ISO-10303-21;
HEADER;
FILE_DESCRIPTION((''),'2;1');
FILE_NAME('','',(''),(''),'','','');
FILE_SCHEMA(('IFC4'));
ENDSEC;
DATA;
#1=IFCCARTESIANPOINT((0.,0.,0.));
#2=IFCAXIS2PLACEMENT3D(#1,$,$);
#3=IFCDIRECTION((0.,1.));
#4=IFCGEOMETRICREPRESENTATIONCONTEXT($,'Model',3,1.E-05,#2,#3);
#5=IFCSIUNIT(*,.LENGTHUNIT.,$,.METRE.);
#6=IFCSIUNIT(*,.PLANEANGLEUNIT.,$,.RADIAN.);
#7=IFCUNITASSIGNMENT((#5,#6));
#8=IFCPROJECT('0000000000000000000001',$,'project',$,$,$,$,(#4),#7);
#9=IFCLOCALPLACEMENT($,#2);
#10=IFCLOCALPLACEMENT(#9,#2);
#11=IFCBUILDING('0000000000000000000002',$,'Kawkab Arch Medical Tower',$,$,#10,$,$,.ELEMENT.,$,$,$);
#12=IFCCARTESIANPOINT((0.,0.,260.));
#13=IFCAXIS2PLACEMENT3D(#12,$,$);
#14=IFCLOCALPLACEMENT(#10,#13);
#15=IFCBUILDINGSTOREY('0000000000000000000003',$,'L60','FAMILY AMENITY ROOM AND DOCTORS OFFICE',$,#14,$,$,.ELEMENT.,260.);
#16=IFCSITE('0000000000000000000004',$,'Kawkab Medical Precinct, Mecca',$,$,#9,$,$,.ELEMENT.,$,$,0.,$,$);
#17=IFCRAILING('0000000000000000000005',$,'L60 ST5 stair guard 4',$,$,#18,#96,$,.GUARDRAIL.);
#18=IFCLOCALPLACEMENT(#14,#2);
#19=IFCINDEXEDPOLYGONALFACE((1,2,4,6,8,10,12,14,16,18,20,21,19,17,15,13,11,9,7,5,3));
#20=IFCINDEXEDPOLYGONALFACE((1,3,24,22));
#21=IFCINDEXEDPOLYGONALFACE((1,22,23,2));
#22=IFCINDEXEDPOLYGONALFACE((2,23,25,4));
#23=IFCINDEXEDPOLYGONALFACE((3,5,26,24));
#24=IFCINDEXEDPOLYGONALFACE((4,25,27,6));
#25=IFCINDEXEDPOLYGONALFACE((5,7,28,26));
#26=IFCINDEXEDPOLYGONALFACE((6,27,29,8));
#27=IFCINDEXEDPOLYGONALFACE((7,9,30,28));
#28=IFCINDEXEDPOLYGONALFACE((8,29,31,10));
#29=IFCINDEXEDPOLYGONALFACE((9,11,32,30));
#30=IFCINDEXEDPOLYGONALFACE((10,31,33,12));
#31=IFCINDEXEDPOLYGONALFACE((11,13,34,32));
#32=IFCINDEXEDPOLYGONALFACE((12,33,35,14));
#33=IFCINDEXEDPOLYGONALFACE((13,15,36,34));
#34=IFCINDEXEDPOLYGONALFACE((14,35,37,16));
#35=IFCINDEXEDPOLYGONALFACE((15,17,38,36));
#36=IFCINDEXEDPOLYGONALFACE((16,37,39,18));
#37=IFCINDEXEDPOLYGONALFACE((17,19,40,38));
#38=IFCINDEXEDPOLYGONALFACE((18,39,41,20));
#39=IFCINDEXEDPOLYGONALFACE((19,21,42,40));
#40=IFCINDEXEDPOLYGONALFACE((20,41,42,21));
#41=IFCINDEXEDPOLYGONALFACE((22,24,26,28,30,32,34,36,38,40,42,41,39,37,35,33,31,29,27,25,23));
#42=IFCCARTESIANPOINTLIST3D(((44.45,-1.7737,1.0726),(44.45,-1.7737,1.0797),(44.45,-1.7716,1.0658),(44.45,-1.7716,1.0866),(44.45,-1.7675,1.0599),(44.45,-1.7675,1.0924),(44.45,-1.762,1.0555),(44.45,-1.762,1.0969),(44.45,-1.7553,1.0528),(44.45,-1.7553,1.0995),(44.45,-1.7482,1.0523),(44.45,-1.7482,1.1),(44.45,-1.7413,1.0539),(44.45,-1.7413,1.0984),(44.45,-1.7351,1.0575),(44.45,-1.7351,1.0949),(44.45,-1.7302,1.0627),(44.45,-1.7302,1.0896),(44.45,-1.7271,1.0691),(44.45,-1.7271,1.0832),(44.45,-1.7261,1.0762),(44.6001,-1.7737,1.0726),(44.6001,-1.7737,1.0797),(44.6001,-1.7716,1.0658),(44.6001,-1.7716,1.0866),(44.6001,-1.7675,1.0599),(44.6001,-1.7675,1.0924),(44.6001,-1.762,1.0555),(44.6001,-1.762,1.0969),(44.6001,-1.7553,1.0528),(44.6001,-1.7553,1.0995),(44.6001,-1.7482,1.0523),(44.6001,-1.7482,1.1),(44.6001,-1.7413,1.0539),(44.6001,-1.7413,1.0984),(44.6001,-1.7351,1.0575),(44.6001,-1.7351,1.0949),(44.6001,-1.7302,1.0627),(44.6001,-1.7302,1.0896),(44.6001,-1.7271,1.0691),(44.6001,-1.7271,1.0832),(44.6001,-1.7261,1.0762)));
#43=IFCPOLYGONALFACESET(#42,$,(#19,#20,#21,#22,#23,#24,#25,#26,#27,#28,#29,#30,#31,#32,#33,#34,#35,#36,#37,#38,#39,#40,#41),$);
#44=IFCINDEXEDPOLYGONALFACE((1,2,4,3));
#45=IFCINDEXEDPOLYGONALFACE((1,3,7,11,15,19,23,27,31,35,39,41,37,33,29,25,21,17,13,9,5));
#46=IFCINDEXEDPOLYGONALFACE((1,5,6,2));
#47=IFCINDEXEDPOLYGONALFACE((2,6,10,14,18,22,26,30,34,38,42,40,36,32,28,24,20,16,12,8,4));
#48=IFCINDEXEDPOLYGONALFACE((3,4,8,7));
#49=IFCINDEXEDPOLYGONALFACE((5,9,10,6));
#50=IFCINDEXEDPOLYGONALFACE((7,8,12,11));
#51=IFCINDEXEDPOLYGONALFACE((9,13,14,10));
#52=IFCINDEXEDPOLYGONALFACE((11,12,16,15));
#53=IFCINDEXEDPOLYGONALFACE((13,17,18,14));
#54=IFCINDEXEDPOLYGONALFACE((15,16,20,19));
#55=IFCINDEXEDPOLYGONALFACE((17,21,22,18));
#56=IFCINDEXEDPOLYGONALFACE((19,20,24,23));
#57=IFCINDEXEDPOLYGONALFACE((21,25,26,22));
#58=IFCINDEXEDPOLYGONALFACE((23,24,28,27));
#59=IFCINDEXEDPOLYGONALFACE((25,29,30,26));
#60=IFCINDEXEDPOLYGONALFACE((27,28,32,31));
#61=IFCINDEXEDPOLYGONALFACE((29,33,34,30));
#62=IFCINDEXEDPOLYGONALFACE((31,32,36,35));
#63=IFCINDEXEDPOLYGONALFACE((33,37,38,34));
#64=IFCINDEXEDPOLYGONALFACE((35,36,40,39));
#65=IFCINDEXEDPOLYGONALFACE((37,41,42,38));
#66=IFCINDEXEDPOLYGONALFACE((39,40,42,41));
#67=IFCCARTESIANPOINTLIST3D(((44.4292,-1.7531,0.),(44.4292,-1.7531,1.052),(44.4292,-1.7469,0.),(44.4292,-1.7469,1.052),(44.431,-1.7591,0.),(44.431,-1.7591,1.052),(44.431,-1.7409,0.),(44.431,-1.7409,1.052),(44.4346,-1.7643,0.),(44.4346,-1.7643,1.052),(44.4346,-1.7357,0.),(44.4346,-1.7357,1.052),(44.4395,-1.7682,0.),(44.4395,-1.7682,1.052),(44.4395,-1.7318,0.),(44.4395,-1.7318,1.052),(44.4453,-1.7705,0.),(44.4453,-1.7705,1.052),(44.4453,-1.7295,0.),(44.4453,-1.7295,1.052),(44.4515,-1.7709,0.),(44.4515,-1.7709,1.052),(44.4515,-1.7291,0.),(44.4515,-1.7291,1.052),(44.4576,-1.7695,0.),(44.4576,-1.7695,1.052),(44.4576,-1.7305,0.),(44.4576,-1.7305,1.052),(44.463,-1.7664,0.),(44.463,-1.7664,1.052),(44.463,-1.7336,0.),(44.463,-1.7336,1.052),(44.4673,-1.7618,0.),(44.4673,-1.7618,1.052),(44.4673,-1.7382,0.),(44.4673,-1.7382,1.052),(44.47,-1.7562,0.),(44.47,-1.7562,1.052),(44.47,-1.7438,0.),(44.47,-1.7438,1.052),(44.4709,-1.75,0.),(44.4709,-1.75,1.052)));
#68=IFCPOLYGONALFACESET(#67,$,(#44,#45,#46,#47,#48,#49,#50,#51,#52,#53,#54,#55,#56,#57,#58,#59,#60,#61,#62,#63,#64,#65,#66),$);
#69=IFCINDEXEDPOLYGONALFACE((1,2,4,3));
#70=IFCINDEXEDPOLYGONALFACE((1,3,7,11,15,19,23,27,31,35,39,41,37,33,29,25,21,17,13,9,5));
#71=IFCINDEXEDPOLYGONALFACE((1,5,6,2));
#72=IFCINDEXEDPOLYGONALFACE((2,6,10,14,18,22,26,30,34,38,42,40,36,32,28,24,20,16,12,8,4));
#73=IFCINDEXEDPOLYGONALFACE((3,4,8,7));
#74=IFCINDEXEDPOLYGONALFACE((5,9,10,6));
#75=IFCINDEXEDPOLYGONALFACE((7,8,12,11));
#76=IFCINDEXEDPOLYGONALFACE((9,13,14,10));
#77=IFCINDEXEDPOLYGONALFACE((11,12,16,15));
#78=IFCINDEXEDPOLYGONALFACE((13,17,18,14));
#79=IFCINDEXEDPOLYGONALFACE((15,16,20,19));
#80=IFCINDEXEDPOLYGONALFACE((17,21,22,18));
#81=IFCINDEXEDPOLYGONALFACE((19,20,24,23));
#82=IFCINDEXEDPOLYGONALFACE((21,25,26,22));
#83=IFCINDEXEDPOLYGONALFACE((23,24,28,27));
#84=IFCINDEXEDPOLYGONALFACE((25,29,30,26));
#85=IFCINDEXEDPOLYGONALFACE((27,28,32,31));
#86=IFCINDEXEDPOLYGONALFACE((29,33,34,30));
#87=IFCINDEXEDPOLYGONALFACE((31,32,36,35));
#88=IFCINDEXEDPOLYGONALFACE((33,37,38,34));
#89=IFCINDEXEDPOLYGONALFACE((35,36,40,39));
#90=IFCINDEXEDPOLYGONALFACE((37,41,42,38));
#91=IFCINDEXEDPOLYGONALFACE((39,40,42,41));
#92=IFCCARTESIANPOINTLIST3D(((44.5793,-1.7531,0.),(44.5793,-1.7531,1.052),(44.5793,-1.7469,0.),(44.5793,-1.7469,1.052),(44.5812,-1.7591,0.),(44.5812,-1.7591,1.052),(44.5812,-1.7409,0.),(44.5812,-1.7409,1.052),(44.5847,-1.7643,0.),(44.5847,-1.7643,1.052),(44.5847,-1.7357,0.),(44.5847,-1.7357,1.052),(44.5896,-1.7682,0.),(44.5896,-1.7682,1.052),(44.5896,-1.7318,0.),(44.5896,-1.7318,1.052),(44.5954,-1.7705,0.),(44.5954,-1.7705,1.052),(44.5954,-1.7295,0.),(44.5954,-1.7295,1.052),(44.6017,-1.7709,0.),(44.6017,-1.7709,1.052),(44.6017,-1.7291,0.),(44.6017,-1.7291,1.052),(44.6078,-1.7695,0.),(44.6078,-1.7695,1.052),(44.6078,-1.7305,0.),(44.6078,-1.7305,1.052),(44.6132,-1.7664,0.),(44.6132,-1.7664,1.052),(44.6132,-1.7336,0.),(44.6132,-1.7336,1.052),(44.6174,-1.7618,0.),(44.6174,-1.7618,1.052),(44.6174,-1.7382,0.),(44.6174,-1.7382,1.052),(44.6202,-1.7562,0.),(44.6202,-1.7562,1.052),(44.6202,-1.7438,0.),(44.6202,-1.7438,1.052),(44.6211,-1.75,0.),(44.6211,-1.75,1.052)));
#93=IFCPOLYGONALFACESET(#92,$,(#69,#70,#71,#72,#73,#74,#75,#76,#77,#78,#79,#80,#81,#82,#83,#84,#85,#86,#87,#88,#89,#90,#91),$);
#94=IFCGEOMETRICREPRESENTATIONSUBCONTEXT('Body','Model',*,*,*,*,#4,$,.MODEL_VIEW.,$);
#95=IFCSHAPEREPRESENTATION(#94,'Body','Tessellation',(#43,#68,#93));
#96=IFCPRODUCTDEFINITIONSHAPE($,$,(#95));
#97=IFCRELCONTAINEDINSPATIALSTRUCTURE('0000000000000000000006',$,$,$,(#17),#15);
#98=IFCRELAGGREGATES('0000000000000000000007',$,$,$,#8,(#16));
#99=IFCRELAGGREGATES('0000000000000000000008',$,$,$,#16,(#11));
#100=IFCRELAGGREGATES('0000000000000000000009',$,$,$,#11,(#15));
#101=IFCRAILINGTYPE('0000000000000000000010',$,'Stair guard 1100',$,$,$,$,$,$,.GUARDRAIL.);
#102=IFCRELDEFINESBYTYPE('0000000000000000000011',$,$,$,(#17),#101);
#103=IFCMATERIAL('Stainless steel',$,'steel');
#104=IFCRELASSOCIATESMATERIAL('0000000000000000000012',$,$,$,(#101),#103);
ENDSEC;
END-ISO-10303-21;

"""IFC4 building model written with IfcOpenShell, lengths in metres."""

from ifc_helpers import new_model, si_unit, direction, frame, origin, origin_2d, place, context, subcontext, project, spatial, circle, extrude, material, type_object, element, save


model = new_model("IFC4")

# Units and contexts
model_context = context("Model", 3, precision=1e-05, world=origin(), true_north=direction((0.0, 1.0)))
body_context = subcontext(model_context, "Body", "Model", "MODEL_VIEW")
ifc_project = project(units=[si_unit("LENGTHUNIT", "METRE"), si_unit("PLANEANGLEUNIT", "RADIAN")], contexts=[model_context])

# Site, building, storey
site_placement = place(None, origin())
site = spatial("IfcSite", under=ifc_project, at=site_placement, Name="Kawkab Medical Precinct, Mecca", CompositionType="ELEMENT", RefElevation=0.0)
building_placement = place(site_placement, origin())
building = spatial("IfcBuilding", under=site, at=building_placement, Name="Kawkab Arch Medical Tower", CompositionType="ELEMENT")
storey_placement = place(building_placement, frame((0.0, 0.0, 260.0)))
storey = spatial("IfcBuildingStorey", under=building, at=storey_placement, Name="L60", Description="FAMILY AMENITY ROOM AND DOCTORS OFFICE", CompositionType="ELEMENT", Elevation=260.0)

# Railing
ifc_material_1 = material(Name="Stainless steel", Category="steel")
railing_type_1 = type_object("IfcRailingType", Name="Stair guard 1100", PredefinedType="GUARDRAIL", material=ifc_material_1)
railing_1_placement = place(storey_placement, frame((44.45, -1.75, 0.0)))
element("IfcRailing", 1, at=railing_1_placement, inside=storey, type_object=railing_type_1, Name="L60 ST5 stair guard 4", PredefinedType="GUARDRAIL", context=body_context, shape_type="SweptSolid", body=[
    extrude(circle(Radius=0.0239, at=origin_2d()), frame((0.0, 0.0, 1.0762), z_axis=(1.0, 0.0, 0.0), x_axis=(0.0, 1.0, 0.0)), (0.0, 0.0, 1.0), 0.1501),
    extrude(circle(Radius=0.021, at=origin_2d()), origin(), (0.0, 0.0, 1.0), 1.052),
    extrude(circle(Radius=0.021, at=origin_2d()), frame((0.1501, 0.0, 0.0)), (0.0, 0.0, 1.0), 1.052),
])

save(model, "model.ifc")
